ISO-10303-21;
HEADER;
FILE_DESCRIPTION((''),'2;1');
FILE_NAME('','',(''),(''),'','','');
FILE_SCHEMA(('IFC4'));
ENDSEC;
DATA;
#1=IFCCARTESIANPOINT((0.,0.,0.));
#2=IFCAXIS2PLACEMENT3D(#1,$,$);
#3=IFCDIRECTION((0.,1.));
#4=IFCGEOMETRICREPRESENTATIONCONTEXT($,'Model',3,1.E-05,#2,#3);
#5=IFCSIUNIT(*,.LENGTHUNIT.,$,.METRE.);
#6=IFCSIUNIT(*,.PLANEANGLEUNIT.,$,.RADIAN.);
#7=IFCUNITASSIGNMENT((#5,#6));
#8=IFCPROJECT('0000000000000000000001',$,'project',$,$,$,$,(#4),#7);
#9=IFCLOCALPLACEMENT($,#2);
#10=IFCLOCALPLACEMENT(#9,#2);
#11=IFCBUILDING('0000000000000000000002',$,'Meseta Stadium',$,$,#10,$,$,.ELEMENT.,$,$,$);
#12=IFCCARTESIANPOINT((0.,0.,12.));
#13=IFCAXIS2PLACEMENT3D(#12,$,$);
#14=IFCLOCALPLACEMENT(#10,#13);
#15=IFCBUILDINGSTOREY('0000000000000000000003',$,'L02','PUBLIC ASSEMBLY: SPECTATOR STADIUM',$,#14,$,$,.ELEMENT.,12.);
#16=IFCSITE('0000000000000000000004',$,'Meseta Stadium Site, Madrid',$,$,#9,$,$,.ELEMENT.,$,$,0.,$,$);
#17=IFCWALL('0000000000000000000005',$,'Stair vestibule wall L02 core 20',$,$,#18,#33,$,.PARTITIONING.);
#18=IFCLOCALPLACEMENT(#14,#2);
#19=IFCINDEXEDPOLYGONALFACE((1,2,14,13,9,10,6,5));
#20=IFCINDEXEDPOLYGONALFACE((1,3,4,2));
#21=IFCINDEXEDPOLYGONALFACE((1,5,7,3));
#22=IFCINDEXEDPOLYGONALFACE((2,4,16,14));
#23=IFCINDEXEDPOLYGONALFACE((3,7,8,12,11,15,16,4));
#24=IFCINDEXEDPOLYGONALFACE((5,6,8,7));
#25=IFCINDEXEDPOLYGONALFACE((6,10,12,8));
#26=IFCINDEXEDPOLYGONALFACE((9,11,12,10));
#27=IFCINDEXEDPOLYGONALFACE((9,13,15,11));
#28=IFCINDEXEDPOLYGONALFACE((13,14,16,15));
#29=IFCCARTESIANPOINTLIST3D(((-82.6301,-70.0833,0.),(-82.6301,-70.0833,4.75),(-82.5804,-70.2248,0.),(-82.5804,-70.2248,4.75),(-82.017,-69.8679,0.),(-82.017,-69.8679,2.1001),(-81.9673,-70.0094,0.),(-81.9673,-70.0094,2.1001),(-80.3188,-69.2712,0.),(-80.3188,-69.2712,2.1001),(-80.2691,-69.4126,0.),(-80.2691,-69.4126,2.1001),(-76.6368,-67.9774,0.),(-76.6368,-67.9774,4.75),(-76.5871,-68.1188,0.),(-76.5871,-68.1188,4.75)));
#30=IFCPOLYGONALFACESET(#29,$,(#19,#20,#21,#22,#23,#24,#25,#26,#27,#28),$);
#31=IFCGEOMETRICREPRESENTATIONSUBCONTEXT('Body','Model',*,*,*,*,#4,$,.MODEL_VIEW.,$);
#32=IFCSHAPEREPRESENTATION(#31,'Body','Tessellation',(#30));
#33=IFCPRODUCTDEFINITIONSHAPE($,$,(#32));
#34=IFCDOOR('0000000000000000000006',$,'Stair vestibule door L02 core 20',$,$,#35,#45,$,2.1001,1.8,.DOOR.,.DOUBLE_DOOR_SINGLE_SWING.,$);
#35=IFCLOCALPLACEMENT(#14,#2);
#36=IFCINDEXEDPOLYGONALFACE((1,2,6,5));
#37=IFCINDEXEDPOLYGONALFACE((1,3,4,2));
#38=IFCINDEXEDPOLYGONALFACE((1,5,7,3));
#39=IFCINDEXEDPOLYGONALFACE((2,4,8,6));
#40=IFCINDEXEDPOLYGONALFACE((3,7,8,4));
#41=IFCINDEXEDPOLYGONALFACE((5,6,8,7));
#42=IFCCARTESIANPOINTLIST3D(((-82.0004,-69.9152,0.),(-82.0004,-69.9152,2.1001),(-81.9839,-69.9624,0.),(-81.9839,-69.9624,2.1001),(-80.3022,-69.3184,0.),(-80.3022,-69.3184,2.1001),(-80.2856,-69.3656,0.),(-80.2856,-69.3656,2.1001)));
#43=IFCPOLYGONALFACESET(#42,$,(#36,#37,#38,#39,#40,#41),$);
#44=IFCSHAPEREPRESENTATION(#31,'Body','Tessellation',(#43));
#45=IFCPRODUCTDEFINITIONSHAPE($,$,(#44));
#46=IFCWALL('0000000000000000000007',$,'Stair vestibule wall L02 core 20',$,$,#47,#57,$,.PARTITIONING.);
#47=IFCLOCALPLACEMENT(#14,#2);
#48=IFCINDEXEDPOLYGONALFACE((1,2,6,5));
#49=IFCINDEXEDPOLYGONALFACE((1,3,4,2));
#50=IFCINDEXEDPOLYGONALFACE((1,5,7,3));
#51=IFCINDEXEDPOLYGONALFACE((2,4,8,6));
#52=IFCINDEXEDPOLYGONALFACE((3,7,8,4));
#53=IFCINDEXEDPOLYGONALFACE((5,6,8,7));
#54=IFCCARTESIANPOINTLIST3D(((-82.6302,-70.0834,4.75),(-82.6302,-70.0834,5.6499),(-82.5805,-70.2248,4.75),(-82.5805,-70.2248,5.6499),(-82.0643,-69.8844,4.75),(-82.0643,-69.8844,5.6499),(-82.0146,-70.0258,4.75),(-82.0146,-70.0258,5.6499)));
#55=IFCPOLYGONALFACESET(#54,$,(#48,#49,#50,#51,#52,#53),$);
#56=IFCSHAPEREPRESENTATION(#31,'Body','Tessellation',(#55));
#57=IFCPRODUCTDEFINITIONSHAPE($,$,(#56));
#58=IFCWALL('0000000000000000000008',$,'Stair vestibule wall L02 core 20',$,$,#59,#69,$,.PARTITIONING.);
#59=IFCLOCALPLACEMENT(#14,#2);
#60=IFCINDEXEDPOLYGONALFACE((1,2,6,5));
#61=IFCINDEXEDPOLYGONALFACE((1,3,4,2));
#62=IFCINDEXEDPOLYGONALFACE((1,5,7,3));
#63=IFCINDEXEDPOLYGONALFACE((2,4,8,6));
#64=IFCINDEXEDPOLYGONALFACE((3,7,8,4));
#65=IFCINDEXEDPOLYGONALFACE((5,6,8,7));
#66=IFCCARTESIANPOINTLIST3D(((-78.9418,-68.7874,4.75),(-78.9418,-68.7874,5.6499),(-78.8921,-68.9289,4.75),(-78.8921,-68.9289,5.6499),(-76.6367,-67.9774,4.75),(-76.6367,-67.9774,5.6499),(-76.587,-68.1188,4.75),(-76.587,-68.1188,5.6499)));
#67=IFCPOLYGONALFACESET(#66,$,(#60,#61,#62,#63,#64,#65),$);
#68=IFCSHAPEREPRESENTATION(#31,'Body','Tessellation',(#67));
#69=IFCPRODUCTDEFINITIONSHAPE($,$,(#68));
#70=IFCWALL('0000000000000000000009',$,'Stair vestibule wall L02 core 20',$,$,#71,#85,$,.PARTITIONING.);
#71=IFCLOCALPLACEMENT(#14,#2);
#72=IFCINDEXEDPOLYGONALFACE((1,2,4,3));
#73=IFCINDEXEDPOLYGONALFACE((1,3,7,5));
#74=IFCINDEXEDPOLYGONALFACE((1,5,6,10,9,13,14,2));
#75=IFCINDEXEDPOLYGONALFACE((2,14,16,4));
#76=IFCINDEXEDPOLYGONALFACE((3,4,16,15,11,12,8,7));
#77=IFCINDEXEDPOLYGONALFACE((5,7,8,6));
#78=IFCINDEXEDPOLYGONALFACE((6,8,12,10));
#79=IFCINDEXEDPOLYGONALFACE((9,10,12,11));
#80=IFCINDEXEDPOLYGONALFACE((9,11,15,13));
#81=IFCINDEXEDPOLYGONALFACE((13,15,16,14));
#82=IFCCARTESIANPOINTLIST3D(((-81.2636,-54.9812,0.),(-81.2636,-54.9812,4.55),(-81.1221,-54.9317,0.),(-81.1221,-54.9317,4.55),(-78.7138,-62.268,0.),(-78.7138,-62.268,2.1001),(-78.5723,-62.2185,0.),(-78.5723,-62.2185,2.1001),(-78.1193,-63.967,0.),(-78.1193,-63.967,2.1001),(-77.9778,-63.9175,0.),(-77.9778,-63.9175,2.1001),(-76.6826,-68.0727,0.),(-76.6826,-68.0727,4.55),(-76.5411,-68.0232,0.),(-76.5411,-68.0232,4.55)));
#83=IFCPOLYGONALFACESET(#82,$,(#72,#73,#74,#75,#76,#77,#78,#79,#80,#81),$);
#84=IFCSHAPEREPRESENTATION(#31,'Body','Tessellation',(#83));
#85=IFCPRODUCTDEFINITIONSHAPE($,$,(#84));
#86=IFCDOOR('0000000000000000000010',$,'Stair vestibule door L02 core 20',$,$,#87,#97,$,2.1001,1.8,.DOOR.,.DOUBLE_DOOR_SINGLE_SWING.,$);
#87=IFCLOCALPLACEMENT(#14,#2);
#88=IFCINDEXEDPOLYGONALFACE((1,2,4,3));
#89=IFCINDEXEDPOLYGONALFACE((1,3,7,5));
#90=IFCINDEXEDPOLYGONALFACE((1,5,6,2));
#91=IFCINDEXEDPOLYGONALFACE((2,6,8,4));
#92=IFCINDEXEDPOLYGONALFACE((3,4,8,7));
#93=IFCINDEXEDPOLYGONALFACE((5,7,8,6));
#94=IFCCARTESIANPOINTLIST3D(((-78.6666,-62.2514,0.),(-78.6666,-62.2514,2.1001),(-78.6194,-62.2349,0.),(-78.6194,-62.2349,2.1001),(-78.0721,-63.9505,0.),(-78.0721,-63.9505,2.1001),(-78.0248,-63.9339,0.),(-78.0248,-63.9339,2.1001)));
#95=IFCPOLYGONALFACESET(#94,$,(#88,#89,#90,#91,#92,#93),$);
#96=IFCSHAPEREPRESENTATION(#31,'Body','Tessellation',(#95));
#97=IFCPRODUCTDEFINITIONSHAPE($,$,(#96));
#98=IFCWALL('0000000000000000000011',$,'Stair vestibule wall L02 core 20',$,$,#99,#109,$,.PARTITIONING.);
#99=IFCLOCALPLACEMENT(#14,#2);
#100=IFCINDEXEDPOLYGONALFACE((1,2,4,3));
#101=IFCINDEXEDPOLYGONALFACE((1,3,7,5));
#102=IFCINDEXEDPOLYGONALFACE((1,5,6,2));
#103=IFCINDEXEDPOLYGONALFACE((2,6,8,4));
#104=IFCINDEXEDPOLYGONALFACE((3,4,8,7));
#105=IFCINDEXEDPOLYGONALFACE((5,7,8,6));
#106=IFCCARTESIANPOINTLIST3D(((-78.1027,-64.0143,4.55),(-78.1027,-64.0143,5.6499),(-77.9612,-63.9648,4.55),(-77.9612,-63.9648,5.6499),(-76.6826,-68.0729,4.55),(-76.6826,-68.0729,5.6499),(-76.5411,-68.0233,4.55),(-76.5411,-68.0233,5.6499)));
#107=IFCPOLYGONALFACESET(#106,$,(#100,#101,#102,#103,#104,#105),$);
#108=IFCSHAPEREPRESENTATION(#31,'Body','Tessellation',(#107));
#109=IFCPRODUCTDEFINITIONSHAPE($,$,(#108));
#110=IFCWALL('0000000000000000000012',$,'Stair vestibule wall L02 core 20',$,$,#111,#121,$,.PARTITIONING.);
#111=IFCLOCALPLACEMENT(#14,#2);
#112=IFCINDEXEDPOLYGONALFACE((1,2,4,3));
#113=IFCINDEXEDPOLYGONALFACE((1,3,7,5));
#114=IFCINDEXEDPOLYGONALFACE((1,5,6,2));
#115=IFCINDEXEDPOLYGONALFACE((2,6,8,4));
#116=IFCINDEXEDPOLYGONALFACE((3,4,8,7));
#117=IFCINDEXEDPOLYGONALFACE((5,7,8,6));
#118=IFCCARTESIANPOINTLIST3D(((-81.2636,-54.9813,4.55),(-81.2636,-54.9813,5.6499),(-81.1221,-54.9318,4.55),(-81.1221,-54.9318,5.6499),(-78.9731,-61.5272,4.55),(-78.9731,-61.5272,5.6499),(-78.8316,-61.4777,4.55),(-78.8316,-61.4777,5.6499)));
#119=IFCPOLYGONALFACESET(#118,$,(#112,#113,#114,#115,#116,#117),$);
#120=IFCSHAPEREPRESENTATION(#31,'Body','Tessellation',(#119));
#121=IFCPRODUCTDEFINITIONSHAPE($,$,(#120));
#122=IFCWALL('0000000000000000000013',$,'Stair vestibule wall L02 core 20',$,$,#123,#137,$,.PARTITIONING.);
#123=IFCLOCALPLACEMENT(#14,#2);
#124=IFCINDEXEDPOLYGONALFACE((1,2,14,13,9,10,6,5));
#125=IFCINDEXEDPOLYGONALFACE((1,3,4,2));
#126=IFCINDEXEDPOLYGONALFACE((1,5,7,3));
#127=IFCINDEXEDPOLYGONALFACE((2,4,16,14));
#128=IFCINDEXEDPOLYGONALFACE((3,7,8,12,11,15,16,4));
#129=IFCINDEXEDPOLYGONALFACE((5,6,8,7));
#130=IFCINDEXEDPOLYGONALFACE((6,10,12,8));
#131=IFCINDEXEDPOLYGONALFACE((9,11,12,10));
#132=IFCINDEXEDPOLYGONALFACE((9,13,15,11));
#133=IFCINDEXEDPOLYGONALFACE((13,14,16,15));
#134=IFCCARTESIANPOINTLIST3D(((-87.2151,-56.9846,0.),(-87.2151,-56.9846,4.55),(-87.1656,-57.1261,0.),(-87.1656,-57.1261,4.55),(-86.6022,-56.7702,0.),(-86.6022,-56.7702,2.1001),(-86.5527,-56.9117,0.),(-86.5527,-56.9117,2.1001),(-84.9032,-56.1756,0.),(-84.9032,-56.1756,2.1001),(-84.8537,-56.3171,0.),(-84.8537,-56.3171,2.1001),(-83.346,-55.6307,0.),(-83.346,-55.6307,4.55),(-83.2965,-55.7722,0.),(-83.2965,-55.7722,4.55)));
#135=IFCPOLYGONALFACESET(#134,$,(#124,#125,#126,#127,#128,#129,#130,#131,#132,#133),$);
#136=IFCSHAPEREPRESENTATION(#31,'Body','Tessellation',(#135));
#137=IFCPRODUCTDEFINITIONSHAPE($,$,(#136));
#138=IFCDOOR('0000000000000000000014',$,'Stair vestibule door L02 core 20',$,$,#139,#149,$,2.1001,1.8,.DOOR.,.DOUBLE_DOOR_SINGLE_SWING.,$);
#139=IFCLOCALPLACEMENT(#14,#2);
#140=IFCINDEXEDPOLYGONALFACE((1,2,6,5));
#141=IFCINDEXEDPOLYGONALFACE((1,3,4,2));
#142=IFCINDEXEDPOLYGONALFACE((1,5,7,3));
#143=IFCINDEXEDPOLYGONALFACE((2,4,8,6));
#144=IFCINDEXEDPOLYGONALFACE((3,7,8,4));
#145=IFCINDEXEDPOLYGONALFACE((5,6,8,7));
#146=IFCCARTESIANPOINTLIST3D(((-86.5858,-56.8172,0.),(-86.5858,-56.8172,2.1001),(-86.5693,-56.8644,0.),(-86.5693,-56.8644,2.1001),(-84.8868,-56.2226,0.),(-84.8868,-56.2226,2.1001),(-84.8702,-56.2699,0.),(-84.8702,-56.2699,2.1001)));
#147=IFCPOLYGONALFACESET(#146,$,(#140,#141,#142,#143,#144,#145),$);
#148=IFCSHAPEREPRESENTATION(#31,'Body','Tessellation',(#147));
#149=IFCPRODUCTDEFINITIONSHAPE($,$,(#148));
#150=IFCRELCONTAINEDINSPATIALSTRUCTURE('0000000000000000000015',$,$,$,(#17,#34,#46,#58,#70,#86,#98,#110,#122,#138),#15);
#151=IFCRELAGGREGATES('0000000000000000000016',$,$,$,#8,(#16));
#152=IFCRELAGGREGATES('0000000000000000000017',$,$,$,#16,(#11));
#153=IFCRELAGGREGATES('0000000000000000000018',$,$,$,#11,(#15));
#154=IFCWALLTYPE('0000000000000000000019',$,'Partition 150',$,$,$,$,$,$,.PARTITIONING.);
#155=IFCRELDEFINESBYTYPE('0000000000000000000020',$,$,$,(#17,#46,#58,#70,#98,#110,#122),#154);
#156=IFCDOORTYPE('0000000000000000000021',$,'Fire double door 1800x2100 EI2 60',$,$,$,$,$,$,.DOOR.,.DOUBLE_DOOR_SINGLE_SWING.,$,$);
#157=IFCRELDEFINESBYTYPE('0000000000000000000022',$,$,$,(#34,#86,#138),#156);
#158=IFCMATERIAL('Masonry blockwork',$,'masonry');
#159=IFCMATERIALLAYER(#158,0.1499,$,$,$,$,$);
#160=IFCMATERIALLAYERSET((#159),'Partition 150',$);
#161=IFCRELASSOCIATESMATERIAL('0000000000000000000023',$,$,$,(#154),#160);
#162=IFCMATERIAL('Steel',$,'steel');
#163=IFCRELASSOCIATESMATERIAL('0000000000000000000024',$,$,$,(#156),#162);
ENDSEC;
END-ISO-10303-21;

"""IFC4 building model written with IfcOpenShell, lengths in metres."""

from ifc_helpers import new_model, si_unit, direction, frame, frame_2d, origin, place, context, subcontext, project, spatial, rectangle, extrude, material, layer, layer_set, type_object, element, fill, save


model = new_model("IFC4")

# Units and contexts
model_context = context("Model", 3, precision=1e-05, world=origin(), true_north=direction((0.0, 1.0)))
body_context = subcontext(model_context, "Body", "Model", "MODEL_VIEW")
ifc_project = project(units=[si_unit("LENGTHUNIT", "METRE"), si_unit("PLANEANGLEUNIT", "RADIAN")], contexts=[model_context])

# Site, building, storey
site_placement = place(None, origin())
site = spatial("IfcSite", under=ifc_project, at=site_placement, Name="Meseta Stadium Site, Madrid", CompositionType="ELEMENT", RefElevation=0.0)
building_placement = place(site_placement, origin())
building = spatial("IfcBuilding", under=site, at=building_placement, Name="Meseta Stadium", CompositionType="ELEMENT")
storey_placement = place(building_placement, frame((0.0, 0.0, 12.0)))
storey = spatial("IfcBuildingStorey", under=building, at=storey_placement, Name="L02", Description="PUBLIC ASSEMBLY: SPECTATOR STADIUM", CompositionType="ELEMENT", Elevation=12.0)

# Shared definitions
ifc_material_1 = material(Name="Masonry blockwork", Category="masonry")
ifc_layer_1 = layer(ifc_material_1, 0.1499)
ifc_layer_set_1 = layer_set([ifc_layer_1], Name="Partition 150")
wall_type_1 = type_object("IfcWallType", Name="Partition 150", PredefinedType="PARTITIONING", material=ifc_layer_set_1)

# Wall, opening, door
wall_1_placement = place(storey_placement, frame((-82.6052, -70.1541, 0.0), z_axis=(0.0, 0.0, 1.0), x_axis=(0.943452, 0.331509, 0.0)))
wall_1 = element("IfcWall", 1, at=wall_1_placement, inside=storey, type_object=wall_type_1, Name="Stair vestibule wall L02 core 20", PredefinedType="PARTITIONING", context=body_context, shape_type="SweptSolid", body=[
    extrude(rectangle(XDim=6.3525, YDim=0.1499, at=frame_2d((3.1763, 0.0))), origin(), (0.0, 0.0, 1.0), 4.75),
])
opening_1_placement = place(wall_1_placement, frame((0.6499, 0.0, 0.0)))
opening_1 = element("IfcOpeningElement", 2, at=opening_1_placement, cuts=wall_1, PredefinedType="OPENING", context=body_context, shape_type="SweptSolid", body=[
    extrude(rectangle(XDim=1.8, YDim=2.1001, at=frame_2d((0.8999, 1.05))), frame((0.0, 0.085, 0.0), z_axis=(0.0, -1.0, 0.0), x_axis=(1.0, 0.0, 0.0)), (0.0, 0.0, 1.0), 0.1699),
])
ifc_material_2 = material(Name="Steel", Category="steel")
door_type_1 = type_object("IfcDoorType", Name="Fire double door 1800x2100 EI2 60", OperationType="DOUBLE_DOOR_SINGLE_SWING", PredefinedType="DOOR", material=ifc_material_2)
door_1_placement = place(opening_1_placement, origin())
door_1 = element("IfcDoor", 3, at=door_1_placement, inside=storey, type_object=door_type_1, Name="Stair vestibule door L02 core 20", OperationType="DOUBLE_DOOR_SINGLE_SWING", OverallHeight=2.1001, OverallWidth=1.8, PredefinedType="DOOR", context=body_context, shape_type="SweptSolid", body=[
    extrude(rectangle(XDim=1.8, YDim=2.1001, at=frame_2d((0.8999, 1.05))), frame((0.0, 0.0249, 0.0), z_axis=(0.0, -1.0, 0.0), x_axis=(1.0, 0.0, 0.0)), (0.0, 0.0, 1.0), 0.05),
])
fill(opening_1, door_1)

# Walls
wall_2_placement = place(storey_placement, frame((-82.6052, -70.1541, 4.75), z_axis=(0.0, 0.0, 1.0), x_axis=(0.943388, 0.331692, 0.0)))
element("IfcWall", 4, at=wall_2_placement, inside=storey, type_object=wall_type_1, Name="Stair vestibule wall L02 core 20", PredefinedType="PARTITIONING", context=body_context, shape_type="SweptSolid", body=[
    extrude(rectangle(XDim=0.5999, YDim=0.1499, at=frame_2d((0.2998, 0.0))), origin(), (0.0, 0.0, 1.0), 0.8999),
])
wall_3_placement = place(storey_placement, frame((-78.917, -68.8582, 4.75), z_axis=(0.0, 0.0, 1.0), x_axis=(0.943443, 0.331534, 0.0)))
element("IfcWall", 5, at=wall_3_placement, inside=storey, type_object=wall_type_1, Name="Stair vestibule wall L02 core 20", PredefinedType="PARTITIONING", context=body_context, shape_type="SweptSolid", body=[
    extrude(rectangle(XDim=2.4434, YDim=0.1499, at=frame_2d((1.2217, 0.0))), origin(), (0.0, 0.0, 1.0), 0.8999),
])

# Wall, opening, door
wall_4_placement = place(storey_placement, frame((-76.6118, -68.0481, 0.0), z_axis=(0.0, 0.0, 1.0), x_axis=(-0.330287, 0.943881, 0.0)))
wall_4 = element("IfcWall", 6, at=wall_4_placement, inside=storey, type_object=wall_type_1, Name="Stair vestibule wall L02 core 20", PredefinedType="PARTITIONING", context=body_context, shape_type="SweptSolid", body=[
    extrude(rectangle(XDim=13.8699, YDim=0.1499, at=frame_2d((6.9351, 0.0))), origin(), (0.0, 0.0, 1.0), 4.55),
])
opening_2_placement = place(wall_4_placement, frame((4.3501, 0.0, 0.0)))
opening_2 = element("IfcOpeningElement", 7, at=opening_2_placement, cuts=wall_4, PredefinedType="OPENING", context=body_context, shape_type="SweptSolid", body=[
    extrude(rectangle(XDim=1.8, YDim=2.1001, at=frame_2d((0.8999, 1.05))), frame((0.0, 0.085, 0.0), z_axis=(0.0, -1.0, 0.0), x_axis=(1.0, 0.0, 0.0)), (0.0, 0.0, 1.0), 0.1699),
])
door_2_placement = place(opening_2_placement, origin())
door_2 = element("IfcDoor", 8, at=door_2_placement, inside=storey, type_object=door_type_1, Name="Stair vestibule door L02 core 20", OperationType="DOUBLE_DOOR_SINGLE_SWING", OverallHeight=2.1001, OverallWidth=1.8, PredefinedType="DOOR", context=body_context, shape_type="SweptSolid", body=[
    extrude(rectangle(XDim=1.8, YDim=2.1001, at=frame_2d((0.8999, 1.05))), frame((0.0, 0.0249, 0.0), z_axis=(0.0, -1.0, 0.0), x_axis=(1.0, 0.0, 0.0)), (0.0, 0.0, 1.0), 0.05),
])
fill(opening_2, door_2)

# Walls
wall_5_placement = place(storey_placement, frame((-76.6118, -68.0481, 4.55), z_axis=(0.0, 0.0, 1.0), x_axis=(-0.33028, 0.943883, 0.0)))
element("IfcWall", 9, at=wall_5_placement, inside=storey, type_object=wall_type_1, Name="Stair vestibule wall L02 core 20", PredefinedType="PARTITIONING", context=body_context, shape_type="SweptSolid", body=[
    extrude(rectangle(XDim=4.2998, YDim=0.1499, at=frame_2d((2.1499, 0.0))), origin(), (0.0, 0.0, 1.0), 1.0999),
])
wall_6_placement = place(storey_placement, frame((-78.9023, -61.5024, 4.55), z_axis=(0.0, 0.0, 1.0), x_axis=(-0.330281, 0.943883, 0.0)))
element("IfcWall", 10, at=wall_6_placement, inside=storey, type_object=wall_type_1, Name="Stair vestibule wall L02 core 20", PredefinedType="PARTITIONING", context=body_context, shape_type="SweptSolid", body=[
    extrude(rectangle(XDim=6.9351, YDim=0.1499, at=frame_2d((3.4675, 0.0))), origin(), (0.0, 0.0, 1.0), 1.0999),
])

# Wall, opening, door
wall_7_placement = place(storey_placement, frame((-83.3213, -55.7014, 0.0), z_axis=(0.0, 0.0, 1.0), x_axis=(-0.943873, -0.330308, 0.0)))
wall_7 = element("IfcWall", 11, at=wall_7_placement, inside=storey, type_object=wall_type_1, Name="Stair vestibule wall L02 core 20", PredefinedType="PARTITIONING", context=body_context, shape_type="SweptSolid", body=[
    extrude(rectangle(XDim=4.0991, YDim=0.1499, at=frame_2d((2.0496, 0.0))), origin(), (0.0, 0.0, 1.0), 4.55),
])
opening_3_placement = place(wall_7_placement, frame((1.6499, 0.0, 0.0)))
opening_3 = element("IfcOpeningElement", 12, at=opening_3_placement, cuts=wall_7, PredefinedType="OPENING", context=body_context, shape_type="SweptSolid", body=[
    extrude(rectangle(XDim=1.8, YDim=2.1001, at=frame_2d((0.8999, 1.05))), frame((0.0, 0.085, 0.0), z_axis=(0.0, -1.0, 0.0), x_axis=(1.0, 0.0, 0.0)), (0.0, 0.0, 1.0), 0.1699),
])
door_3_placement = place(opening_3_placement, origin())
door_3 = element("IfcDoor", 13, at=door_3_placement, inside=storey, type_object=door_type_1, Name="Stair vestibule door L02 core 20", OperationType="DOUBLE_DOOR_SINGLE_SWING", OverallHeight=2.1001, OverallWidth=1.8, PredefinedType="DOOR", context=body_context, shape_type="SweptSolid", body=[
    extrude(rectangle(XDim=1.8, YDim=2.1001, at=frame_2d((0.8999, 1.05))), frame((0.0, 0.0249, 0.0), z_axis=(0.0, -1.0, 0.0), x_axis=(1.0, 0.0, 0.0)), (0.0, 0.0, 1.0), 0.05),
])
fill(opening_3, door_3)

save(model, "model.ifc")
